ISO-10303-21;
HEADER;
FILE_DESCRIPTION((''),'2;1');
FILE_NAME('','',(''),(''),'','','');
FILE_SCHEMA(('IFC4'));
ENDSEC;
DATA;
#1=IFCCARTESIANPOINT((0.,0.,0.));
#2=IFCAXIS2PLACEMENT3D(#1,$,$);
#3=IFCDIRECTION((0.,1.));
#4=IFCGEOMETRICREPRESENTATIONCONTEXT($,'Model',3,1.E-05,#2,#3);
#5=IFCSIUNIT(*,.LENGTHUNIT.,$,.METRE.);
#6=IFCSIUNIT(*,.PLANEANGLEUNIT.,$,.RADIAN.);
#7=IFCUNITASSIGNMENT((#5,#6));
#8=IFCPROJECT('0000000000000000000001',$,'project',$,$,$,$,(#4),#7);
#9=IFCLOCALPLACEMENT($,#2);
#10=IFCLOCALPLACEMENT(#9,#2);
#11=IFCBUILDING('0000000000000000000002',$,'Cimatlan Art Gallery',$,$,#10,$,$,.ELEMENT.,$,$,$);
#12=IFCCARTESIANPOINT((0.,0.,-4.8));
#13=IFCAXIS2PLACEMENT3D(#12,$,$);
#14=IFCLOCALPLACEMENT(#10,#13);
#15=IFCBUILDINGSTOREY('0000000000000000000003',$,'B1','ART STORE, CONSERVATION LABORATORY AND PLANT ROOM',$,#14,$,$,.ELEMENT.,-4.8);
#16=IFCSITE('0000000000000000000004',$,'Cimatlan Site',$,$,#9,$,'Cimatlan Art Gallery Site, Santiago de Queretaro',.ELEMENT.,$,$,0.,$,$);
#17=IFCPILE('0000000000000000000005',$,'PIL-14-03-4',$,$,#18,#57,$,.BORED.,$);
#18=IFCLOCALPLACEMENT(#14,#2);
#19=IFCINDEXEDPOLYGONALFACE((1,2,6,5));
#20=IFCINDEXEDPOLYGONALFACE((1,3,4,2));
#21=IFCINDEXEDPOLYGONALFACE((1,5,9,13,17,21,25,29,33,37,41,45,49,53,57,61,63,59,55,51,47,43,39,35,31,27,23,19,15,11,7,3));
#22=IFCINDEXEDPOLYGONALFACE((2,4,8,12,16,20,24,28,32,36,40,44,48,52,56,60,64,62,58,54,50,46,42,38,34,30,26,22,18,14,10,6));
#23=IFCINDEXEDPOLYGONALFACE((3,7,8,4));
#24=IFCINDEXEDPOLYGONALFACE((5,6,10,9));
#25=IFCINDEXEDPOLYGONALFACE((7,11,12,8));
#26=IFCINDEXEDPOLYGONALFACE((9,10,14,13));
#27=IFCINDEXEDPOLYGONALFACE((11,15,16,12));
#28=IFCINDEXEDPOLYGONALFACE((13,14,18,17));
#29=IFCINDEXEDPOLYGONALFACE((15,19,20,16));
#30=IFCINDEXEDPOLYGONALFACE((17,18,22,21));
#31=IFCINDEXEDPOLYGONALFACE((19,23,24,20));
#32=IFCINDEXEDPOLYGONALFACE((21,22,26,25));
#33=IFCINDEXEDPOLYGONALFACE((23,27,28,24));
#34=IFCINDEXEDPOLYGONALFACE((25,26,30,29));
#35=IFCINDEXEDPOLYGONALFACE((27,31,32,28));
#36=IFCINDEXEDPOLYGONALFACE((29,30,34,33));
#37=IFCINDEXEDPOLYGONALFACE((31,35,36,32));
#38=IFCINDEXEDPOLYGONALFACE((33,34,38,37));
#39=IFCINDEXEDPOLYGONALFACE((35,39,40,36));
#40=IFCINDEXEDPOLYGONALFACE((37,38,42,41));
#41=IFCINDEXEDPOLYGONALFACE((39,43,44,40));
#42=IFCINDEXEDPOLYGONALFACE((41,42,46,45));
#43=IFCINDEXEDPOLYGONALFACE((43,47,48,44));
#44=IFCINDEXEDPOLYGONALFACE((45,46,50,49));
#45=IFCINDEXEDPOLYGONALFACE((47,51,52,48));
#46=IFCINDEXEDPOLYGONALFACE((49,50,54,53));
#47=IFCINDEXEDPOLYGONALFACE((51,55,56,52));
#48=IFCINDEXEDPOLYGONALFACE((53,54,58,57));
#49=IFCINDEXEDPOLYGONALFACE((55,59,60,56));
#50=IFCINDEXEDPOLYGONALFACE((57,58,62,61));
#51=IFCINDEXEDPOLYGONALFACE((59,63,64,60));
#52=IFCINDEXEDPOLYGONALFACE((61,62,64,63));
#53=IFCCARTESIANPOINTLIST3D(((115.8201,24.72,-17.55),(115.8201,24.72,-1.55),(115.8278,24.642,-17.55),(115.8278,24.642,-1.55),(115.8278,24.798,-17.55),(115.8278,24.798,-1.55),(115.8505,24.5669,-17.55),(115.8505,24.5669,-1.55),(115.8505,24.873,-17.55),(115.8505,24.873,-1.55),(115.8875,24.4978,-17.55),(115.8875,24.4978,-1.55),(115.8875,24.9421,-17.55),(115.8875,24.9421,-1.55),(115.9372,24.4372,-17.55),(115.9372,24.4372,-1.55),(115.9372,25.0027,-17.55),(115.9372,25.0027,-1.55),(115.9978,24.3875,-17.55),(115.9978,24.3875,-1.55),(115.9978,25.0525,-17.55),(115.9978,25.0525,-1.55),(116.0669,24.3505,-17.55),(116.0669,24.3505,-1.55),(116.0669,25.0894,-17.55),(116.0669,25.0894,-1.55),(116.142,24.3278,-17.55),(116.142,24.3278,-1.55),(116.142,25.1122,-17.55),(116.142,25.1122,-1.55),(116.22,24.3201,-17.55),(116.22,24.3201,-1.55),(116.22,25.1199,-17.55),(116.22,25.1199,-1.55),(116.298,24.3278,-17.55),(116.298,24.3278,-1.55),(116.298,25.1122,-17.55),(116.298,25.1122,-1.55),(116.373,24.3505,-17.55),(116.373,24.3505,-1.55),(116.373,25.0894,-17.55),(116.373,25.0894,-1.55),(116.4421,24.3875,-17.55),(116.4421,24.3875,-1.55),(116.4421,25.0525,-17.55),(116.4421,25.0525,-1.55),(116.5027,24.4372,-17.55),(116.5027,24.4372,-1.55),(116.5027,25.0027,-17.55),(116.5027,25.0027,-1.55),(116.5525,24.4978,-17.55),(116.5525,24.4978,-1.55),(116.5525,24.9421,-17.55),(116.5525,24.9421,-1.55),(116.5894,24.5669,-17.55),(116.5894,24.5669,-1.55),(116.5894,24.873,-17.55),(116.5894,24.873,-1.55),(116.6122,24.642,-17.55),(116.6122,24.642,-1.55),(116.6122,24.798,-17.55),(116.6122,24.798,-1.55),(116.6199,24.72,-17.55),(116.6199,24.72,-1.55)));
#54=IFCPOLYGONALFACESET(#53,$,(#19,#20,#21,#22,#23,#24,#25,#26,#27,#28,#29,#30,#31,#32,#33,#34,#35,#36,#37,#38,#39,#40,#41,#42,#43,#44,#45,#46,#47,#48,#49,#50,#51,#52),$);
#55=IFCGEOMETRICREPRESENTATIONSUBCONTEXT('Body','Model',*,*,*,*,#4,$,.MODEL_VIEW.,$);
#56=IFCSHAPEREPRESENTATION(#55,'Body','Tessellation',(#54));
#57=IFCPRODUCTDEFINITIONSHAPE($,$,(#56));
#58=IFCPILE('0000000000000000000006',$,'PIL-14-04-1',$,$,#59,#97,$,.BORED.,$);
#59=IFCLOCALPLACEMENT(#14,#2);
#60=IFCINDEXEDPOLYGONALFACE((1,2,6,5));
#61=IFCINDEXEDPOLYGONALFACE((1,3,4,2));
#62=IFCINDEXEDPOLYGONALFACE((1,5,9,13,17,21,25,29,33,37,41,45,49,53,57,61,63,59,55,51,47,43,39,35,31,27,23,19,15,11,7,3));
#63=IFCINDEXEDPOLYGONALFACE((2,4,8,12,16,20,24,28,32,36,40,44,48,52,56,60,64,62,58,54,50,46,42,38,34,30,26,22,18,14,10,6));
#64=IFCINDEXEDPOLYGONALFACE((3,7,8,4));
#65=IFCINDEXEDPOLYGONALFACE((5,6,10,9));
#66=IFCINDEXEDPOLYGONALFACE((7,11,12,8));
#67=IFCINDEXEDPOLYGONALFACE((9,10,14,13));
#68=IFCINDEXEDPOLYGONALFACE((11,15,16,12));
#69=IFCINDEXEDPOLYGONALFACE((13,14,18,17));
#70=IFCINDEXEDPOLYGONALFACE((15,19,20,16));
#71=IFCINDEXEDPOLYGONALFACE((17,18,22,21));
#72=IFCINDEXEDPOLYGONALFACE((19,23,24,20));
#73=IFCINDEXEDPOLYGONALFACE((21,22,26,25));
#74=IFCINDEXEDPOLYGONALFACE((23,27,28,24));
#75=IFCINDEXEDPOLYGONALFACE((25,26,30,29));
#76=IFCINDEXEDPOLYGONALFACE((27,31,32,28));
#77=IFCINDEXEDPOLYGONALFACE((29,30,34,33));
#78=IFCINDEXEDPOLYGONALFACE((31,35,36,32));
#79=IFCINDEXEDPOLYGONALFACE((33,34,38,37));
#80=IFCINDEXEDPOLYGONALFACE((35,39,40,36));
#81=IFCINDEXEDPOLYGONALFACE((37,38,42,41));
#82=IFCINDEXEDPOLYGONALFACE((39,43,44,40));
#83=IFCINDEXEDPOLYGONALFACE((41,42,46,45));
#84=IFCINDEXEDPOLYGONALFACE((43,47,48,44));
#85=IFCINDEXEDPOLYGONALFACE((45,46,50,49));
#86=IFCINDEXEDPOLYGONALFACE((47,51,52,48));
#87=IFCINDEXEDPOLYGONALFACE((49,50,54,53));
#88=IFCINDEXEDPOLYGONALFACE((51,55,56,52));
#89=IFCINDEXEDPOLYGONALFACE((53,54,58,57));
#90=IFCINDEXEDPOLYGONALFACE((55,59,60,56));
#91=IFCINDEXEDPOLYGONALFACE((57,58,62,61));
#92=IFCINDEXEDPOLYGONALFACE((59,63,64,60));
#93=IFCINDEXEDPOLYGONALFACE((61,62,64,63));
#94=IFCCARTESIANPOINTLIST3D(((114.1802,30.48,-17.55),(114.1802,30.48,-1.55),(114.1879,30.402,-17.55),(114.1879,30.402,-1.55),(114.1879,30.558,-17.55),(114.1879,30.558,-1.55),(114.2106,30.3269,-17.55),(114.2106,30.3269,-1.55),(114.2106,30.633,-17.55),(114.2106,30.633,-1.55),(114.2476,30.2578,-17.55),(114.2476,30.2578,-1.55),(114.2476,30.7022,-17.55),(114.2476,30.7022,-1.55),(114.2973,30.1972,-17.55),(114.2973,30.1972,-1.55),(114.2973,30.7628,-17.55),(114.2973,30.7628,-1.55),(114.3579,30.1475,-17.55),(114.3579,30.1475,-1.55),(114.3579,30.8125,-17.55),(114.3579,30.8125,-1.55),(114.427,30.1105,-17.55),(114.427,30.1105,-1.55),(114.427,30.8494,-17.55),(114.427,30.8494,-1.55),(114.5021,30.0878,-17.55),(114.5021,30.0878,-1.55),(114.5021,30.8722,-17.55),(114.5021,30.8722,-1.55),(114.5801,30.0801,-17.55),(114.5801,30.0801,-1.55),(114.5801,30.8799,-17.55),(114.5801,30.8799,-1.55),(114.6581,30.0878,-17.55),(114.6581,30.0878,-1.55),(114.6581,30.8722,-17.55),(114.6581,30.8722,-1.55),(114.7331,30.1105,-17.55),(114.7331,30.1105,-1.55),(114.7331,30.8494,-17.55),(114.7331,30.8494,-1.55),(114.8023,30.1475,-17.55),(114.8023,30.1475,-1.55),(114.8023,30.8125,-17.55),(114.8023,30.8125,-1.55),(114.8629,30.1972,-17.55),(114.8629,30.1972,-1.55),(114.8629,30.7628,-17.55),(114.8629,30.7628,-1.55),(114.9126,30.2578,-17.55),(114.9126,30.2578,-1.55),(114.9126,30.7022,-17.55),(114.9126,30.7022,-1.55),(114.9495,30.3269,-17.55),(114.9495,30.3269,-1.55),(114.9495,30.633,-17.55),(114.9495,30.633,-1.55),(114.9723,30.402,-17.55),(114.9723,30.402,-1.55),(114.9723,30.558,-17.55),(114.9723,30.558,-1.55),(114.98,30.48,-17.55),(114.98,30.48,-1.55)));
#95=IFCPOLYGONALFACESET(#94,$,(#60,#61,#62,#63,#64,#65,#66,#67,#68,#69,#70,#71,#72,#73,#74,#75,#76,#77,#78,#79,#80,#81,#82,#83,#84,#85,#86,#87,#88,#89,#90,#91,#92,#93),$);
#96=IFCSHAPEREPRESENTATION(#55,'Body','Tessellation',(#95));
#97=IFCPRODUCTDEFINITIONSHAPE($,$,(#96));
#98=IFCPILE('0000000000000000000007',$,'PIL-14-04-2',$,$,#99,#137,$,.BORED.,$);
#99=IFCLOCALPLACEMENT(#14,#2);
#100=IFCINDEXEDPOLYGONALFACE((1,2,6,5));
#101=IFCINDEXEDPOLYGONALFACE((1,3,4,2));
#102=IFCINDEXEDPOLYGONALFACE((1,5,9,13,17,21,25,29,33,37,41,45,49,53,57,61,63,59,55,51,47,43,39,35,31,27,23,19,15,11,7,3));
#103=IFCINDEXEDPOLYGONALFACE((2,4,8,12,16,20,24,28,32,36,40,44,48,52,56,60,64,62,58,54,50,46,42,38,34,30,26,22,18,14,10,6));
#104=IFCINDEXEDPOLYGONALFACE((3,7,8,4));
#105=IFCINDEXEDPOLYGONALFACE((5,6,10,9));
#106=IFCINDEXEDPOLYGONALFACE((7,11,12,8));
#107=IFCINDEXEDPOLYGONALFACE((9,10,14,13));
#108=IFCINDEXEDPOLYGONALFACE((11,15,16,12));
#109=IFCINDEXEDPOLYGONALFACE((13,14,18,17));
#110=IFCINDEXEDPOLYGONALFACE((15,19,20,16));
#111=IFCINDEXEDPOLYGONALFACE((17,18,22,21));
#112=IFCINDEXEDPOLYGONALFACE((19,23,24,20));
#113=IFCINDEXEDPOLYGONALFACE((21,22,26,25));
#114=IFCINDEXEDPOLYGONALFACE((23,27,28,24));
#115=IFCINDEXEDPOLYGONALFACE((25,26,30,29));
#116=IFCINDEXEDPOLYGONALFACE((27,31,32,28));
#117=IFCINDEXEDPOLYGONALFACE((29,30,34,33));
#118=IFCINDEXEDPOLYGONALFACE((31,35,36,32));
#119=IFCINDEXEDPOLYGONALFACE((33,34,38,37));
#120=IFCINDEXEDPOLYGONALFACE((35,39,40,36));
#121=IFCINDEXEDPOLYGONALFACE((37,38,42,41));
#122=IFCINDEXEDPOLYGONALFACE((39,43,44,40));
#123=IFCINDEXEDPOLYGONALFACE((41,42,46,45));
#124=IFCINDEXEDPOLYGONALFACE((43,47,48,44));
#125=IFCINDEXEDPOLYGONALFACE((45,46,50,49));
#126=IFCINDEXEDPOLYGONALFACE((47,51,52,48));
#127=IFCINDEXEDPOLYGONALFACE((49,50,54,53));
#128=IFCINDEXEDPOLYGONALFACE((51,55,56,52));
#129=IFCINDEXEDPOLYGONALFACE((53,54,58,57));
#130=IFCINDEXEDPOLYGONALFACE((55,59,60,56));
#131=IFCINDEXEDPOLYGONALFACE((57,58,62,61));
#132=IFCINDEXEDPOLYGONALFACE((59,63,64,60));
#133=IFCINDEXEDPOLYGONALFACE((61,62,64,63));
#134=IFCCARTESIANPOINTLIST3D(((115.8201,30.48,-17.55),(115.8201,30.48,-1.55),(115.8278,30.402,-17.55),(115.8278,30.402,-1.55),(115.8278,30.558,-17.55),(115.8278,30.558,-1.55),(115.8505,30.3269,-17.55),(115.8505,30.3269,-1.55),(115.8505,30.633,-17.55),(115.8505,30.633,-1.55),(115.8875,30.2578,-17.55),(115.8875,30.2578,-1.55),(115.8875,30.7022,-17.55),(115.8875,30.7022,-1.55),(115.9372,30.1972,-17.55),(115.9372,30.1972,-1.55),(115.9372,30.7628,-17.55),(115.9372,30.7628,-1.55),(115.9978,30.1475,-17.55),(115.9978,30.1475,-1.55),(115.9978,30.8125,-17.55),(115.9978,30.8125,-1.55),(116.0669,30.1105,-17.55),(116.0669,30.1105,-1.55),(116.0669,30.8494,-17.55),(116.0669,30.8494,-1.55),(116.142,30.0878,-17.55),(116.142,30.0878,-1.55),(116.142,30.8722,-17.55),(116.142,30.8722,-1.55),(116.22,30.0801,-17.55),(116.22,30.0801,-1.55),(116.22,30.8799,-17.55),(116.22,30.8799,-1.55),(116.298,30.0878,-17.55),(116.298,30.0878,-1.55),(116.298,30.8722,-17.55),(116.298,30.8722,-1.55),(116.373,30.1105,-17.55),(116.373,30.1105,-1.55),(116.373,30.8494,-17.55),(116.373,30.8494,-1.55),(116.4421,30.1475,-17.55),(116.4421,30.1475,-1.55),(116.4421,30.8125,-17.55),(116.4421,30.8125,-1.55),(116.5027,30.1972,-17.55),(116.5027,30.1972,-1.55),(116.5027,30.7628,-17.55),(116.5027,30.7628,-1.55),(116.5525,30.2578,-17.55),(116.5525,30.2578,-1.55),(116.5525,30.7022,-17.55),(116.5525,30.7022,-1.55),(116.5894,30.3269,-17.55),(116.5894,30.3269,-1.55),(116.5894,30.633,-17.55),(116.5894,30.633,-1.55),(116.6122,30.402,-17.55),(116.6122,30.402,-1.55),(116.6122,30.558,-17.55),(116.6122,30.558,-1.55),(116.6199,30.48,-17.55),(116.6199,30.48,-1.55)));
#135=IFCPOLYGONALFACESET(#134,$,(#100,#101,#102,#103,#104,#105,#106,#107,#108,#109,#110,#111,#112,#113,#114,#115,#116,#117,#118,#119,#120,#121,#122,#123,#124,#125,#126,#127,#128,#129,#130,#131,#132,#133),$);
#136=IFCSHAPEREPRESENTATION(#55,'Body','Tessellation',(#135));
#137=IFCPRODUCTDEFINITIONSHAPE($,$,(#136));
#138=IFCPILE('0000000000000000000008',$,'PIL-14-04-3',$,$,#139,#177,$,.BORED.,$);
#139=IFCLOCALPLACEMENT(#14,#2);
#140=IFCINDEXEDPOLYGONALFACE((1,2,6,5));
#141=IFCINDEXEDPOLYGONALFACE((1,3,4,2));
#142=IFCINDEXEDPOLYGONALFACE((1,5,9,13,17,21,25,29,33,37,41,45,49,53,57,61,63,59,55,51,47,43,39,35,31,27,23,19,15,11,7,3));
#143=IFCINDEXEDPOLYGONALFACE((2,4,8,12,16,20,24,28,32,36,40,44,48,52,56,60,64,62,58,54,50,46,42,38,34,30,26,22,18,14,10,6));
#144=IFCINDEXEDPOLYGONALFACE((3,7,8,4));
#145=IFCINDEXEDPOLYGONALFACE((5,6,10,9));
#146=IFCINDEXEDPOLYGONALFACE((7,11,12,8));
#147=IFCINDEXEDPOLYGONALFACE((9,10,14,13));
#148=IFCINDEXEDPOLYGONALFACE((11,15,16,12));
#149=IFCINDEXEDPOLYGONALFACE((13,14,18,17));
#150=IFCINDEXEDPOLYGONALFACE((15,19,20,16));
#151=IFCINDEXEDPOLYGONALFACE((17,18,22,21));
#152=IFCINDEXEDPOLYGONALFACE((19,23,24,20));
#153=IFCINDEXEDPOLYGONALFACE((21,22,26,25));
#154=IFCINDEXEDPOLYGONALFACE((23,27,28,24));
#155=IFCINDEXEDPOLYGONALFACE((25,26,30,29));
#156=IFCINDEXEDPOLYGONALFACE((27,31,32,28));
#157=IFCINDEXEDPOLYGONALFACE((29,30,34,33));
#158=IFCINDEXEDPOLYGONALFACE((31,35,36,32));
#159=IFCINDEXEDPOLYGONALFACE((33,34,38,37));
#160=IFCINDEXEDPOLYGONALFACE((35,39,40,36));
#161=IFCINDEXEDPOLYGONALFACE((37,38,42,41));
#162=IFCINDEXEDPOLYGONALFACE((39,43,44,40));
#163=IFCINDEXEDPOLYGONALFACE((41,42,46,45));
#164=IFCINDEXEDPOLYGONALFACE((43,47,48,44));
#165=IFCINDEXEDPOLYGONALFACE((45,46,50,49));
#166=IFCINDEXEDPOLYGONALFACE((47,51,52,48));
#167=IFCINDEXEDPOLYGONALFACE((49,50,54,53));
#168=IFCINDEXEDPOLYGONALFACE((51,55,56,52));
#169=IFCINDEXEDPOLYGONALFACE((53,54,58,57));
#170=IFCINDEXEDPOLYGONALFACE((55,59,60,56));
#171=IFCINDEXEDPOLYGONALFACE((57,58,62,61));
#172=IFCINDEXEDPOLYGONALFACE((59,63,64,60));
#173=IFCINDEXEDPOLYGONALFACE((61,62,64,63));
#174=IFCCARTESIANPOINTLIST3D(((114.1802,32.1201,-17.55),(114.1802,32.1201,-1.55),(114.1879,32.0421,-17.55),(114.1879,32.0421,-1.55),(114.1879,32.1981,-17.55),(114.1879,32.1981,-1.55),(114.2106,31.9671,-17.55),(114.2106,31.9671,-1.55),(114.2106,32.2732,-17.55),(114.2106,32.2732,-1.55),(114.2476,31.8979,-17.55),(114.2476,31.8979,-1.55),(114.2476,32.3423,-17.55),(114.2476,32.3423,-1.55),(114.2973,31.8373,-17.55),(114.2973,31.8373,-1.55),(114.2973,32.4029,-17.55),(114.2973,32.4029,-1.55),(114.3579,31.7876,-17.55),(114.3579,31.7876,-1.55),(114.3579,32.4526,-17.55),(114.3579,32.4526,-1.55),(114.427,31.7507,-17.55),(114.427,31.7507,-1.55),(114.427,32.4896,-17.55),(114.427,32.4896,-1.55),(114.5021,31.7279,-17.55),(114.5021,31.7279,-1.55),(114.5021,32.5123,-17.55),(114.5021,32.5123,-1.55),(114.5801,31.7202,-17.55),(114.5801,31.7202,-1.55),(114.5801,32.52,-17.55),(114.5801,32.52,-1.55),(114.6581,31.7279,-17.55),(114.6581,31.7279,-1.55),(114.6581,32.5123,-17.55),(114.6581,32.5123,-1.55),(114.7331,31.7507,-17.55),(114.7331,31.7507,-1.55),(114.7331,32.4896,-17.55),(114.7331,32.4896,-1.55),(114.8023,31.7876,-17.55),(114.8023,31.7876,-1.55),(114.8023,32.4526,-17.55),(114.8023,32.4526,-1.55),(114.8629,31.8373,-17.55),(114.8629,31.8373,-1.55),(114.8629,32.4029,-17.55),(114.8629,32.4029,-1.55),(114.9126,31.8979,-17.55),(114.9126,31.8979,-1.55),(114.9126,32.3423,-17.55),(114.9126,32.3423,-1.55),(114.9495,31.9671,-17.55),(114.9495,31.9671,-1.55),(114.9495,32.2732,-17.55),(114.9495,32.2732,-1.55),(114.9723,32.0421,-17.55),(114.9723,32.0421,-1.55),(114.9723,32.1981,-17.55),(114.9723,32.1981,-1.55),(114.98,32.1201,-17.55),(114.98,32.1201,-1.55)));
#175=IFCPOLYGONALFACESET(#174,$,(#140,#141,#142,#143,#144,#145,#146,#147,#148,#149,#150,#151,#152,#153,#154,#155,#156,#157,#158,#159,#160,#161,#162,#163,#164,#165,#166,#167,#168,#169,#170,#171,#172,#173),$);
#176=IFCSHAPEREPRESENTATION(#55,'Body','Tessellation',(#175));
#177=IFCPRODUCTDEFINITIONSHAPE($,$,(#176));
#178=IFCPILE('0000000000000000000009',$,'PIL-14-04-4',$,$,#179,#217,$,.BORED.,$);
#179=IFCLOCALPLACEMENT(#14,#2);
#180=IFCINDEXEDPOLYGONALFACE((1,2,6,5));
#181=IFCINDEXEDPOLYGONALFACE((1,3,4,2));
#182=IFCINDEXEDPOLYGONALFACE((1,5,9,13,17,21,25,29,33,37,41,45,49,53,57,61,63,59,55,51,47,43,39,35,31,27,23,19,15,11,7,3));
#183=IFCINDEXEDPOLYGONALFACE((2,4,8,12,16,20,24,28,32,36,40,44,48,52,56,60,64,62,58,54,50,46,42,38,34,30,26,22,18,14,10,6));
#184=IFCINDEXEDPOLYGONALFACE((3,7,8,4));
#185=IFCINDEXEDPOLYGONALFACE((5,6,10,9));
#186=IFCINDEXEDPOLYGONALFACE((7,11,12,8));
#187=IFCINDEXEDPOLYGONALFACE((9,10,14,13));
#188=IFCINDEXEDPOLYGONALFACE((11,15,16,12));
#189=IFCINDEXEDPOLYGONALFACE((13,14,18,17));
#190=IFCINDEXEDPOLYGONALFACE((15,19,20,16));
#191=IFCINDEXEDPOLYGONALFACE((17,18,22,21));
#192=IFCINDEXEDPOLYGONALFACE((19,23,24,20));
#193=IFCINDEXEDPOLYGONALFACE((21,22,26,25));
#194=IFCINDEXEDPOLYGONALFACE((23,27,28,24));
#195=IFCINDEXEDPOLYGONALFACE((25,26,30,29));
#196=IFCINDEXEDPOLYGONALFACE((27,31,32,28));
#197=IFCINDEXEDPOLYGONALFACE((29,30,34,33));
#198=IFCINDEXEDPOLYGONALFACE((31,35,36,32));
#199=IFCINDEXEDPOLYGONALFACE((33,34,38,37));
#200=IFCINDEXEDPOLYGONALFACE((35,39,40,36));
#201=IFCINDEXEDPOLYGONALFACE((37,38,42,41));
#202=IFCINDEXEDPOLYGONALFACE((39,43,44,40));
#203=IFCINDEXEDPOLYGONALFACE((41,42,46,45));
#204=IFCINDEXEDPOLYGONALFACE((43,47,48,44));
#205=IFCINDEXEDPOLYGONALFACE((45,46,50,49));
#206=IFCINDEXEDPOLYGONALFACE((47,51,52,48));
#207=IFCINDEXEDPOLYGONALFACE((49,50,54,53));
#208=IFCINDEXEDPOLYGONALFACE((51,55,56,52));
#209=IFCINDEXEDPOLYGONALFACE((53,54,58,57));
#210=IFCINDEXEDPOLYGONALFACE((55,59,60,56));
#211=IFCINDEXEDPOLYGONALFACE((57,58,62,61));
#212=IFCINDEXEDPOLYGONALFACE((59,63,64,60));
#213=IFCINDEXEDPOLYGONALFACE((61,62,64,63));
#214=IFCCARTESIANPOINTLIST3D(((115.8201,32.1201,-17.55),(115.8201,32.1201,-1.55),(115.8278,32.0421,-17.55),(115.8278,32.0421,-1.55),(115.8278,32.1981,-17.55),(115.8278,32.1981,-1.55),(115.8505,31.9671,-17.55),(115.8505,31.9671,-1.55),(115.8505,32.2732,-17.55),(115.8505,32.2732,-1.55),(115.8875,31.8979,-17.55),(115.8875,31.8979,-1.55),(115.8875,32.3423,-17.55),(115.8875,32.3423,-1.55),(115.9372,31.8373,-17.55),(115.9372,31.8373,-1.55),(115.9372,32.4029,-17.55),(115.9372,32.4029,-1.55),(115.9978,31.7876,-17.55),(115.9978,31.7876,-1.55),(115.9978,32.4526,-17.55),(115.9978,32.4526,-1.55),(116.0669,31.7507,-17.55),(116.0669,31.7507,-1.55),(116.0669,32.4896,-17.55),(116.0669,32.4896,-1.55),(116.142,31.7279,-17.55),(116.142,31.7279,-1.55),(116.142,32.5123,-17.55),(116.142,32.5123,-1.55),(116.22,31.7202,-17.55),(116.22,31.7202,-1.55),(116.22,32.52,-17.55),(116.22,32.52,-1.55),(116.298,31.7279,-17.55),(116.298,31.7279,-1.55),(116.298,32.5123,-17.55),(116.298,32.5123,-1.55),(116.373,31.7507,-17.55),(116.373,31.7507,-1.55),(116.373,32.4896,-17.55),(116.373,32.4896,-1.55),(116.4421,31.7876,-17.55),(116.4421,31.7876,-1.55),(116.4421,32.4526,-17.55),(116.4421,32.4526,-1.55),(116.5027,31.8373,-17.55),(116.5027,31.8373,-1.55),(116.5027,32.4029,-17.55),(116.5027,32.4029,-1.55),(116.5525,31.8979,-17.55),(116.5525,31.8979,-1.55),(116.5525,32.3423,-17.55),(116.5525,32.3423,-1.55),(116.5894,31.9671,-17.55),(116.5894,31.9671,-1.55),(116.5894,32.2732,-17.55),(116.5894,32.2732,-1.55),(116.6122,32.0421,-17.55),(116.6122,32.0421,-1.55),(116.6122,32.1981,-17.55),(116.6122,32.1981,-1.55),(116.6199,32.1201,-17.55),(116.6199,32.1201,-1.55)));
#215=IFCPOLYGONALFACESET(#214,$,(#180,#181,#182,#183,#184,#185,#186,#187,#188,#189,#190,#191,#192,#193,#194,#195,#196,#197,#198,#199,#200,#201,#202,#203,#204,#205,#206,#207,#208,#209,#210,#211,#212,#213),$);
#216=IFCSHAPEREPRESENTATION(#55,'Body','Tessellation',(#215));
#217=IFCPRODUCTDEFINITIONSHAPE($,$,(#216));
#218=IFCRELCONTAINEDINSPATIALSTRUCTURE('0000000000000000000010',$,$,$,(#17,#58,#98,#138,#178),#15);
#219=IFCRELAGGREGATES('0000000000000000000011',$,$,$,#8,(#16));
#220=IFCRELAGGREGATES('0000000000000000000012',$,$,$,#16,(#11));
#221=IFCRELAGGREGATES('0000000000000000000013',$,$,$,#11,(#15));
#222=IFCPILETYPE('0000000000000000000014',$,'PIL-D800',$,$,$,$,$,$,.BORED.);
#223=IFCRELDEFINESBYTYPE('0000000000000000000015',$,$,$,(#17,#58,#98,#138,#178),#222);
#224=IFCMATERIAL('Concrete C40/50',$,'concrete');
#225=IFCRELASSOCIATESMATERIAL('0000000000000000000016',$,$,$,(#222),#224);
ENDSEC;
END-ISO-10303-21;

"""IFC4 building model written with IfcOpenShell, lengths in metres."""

from ifc_helpers import new_model, si_unit, direction, frame, origin, origin_2d, place, context, subcontext, project, spatial, circle, extrude, material, type_object, element, save


model = new_model("IFC4")

# Units and contexts
model_context = context("Model", 3, precision=1e-05, world=origin(), true_north=direction((0.0, 1.0)))
body_context = subcontext(model_context, "Body", "Model", "MODEL_VIEW")
ifc_project = project(units=[si_unit("LENGTHUNIT", "METRE"), si_unit("PLANEANGLEUNIT", "RADIAN")], contexts=[model_context])

# Site, building, storey
site_placement = place(None, origin())
site = spatial("IfcSite", under=ifc_project, at=site_placement, Name="Cimatlan Site", LongName="Cimatlan Art Gallery Site, Santiago de Queretaro", CompositionType="ELEMENT", RefElevation=0.0)
building_placement = place(site_placement, origin())
building = spatial("IfcBuilding", under=site, at=building_placement, Name="Cimatlan Art Gallery", CompositionType="ELEMENT")
storey_placement = place(building_placement, frame((0.0, 0.0, -4.8)))
storey = spatial("IfcBuildingStorey", under=building, at=storey_placement, Name="B1", Description="ART STORE, CONSERVATION LABORATORY AND PLANT ROOM", CompositionType="ELEMENT", Elevation=-4.8)

# Shared definitions
ifc_material_1 = material(Name="Concrete C40/50", Category="concrete")

# Piles
pile_type_1 = type_object("IfcPileType", Name="PIL-D800", PredefinedType="BORED", material=ifc_material_1)
for number, where, z_axis, x_axis, name in (
    (1, (116.22, 24.72, -1.55), (0.0, 0.0, -1.0), (1.0, 0.0, 0.0), "PIL-14-03-4"),
    (2, (114.5801, 30.48, -1.55), (0.0, 0.0, -1.0), (1.0, 0.0, 0.0), "PIL-14-04-1"),
    (3, (116.22, 30.48, -1.55), (0.0, 0.0, -1.0), (1.0, 0.0, 0.0), "PIL-14-04-2"),
    (4, (114.5801, 32.1201, -1.55), (0.0, 0.0, -1.0), (1.0, 0.0, 0.0), "PIL-14-04-3"),
    (5, (116.22, 32.1201, -1.55), (0.0, 0.0, -1.0), (1.0, 0.0, 0.0), "PIL-14-04-4"),
):
    element("IfcPile", number, at=place(storey_placement, frame(where, z_axis=z_axis, x_axis=x_axis)), inside=storey, type_object=pile_type_1, Name=name, PredefinedType="BORED", context=body_context, shape_type="SweptSolid", body=[
        extrude(circle(Radius=0.3999, at=origin_2d()), origin(), (0.0, 0.0, 1.0), 16.0),
    ])

save(model, "model.ifc")
